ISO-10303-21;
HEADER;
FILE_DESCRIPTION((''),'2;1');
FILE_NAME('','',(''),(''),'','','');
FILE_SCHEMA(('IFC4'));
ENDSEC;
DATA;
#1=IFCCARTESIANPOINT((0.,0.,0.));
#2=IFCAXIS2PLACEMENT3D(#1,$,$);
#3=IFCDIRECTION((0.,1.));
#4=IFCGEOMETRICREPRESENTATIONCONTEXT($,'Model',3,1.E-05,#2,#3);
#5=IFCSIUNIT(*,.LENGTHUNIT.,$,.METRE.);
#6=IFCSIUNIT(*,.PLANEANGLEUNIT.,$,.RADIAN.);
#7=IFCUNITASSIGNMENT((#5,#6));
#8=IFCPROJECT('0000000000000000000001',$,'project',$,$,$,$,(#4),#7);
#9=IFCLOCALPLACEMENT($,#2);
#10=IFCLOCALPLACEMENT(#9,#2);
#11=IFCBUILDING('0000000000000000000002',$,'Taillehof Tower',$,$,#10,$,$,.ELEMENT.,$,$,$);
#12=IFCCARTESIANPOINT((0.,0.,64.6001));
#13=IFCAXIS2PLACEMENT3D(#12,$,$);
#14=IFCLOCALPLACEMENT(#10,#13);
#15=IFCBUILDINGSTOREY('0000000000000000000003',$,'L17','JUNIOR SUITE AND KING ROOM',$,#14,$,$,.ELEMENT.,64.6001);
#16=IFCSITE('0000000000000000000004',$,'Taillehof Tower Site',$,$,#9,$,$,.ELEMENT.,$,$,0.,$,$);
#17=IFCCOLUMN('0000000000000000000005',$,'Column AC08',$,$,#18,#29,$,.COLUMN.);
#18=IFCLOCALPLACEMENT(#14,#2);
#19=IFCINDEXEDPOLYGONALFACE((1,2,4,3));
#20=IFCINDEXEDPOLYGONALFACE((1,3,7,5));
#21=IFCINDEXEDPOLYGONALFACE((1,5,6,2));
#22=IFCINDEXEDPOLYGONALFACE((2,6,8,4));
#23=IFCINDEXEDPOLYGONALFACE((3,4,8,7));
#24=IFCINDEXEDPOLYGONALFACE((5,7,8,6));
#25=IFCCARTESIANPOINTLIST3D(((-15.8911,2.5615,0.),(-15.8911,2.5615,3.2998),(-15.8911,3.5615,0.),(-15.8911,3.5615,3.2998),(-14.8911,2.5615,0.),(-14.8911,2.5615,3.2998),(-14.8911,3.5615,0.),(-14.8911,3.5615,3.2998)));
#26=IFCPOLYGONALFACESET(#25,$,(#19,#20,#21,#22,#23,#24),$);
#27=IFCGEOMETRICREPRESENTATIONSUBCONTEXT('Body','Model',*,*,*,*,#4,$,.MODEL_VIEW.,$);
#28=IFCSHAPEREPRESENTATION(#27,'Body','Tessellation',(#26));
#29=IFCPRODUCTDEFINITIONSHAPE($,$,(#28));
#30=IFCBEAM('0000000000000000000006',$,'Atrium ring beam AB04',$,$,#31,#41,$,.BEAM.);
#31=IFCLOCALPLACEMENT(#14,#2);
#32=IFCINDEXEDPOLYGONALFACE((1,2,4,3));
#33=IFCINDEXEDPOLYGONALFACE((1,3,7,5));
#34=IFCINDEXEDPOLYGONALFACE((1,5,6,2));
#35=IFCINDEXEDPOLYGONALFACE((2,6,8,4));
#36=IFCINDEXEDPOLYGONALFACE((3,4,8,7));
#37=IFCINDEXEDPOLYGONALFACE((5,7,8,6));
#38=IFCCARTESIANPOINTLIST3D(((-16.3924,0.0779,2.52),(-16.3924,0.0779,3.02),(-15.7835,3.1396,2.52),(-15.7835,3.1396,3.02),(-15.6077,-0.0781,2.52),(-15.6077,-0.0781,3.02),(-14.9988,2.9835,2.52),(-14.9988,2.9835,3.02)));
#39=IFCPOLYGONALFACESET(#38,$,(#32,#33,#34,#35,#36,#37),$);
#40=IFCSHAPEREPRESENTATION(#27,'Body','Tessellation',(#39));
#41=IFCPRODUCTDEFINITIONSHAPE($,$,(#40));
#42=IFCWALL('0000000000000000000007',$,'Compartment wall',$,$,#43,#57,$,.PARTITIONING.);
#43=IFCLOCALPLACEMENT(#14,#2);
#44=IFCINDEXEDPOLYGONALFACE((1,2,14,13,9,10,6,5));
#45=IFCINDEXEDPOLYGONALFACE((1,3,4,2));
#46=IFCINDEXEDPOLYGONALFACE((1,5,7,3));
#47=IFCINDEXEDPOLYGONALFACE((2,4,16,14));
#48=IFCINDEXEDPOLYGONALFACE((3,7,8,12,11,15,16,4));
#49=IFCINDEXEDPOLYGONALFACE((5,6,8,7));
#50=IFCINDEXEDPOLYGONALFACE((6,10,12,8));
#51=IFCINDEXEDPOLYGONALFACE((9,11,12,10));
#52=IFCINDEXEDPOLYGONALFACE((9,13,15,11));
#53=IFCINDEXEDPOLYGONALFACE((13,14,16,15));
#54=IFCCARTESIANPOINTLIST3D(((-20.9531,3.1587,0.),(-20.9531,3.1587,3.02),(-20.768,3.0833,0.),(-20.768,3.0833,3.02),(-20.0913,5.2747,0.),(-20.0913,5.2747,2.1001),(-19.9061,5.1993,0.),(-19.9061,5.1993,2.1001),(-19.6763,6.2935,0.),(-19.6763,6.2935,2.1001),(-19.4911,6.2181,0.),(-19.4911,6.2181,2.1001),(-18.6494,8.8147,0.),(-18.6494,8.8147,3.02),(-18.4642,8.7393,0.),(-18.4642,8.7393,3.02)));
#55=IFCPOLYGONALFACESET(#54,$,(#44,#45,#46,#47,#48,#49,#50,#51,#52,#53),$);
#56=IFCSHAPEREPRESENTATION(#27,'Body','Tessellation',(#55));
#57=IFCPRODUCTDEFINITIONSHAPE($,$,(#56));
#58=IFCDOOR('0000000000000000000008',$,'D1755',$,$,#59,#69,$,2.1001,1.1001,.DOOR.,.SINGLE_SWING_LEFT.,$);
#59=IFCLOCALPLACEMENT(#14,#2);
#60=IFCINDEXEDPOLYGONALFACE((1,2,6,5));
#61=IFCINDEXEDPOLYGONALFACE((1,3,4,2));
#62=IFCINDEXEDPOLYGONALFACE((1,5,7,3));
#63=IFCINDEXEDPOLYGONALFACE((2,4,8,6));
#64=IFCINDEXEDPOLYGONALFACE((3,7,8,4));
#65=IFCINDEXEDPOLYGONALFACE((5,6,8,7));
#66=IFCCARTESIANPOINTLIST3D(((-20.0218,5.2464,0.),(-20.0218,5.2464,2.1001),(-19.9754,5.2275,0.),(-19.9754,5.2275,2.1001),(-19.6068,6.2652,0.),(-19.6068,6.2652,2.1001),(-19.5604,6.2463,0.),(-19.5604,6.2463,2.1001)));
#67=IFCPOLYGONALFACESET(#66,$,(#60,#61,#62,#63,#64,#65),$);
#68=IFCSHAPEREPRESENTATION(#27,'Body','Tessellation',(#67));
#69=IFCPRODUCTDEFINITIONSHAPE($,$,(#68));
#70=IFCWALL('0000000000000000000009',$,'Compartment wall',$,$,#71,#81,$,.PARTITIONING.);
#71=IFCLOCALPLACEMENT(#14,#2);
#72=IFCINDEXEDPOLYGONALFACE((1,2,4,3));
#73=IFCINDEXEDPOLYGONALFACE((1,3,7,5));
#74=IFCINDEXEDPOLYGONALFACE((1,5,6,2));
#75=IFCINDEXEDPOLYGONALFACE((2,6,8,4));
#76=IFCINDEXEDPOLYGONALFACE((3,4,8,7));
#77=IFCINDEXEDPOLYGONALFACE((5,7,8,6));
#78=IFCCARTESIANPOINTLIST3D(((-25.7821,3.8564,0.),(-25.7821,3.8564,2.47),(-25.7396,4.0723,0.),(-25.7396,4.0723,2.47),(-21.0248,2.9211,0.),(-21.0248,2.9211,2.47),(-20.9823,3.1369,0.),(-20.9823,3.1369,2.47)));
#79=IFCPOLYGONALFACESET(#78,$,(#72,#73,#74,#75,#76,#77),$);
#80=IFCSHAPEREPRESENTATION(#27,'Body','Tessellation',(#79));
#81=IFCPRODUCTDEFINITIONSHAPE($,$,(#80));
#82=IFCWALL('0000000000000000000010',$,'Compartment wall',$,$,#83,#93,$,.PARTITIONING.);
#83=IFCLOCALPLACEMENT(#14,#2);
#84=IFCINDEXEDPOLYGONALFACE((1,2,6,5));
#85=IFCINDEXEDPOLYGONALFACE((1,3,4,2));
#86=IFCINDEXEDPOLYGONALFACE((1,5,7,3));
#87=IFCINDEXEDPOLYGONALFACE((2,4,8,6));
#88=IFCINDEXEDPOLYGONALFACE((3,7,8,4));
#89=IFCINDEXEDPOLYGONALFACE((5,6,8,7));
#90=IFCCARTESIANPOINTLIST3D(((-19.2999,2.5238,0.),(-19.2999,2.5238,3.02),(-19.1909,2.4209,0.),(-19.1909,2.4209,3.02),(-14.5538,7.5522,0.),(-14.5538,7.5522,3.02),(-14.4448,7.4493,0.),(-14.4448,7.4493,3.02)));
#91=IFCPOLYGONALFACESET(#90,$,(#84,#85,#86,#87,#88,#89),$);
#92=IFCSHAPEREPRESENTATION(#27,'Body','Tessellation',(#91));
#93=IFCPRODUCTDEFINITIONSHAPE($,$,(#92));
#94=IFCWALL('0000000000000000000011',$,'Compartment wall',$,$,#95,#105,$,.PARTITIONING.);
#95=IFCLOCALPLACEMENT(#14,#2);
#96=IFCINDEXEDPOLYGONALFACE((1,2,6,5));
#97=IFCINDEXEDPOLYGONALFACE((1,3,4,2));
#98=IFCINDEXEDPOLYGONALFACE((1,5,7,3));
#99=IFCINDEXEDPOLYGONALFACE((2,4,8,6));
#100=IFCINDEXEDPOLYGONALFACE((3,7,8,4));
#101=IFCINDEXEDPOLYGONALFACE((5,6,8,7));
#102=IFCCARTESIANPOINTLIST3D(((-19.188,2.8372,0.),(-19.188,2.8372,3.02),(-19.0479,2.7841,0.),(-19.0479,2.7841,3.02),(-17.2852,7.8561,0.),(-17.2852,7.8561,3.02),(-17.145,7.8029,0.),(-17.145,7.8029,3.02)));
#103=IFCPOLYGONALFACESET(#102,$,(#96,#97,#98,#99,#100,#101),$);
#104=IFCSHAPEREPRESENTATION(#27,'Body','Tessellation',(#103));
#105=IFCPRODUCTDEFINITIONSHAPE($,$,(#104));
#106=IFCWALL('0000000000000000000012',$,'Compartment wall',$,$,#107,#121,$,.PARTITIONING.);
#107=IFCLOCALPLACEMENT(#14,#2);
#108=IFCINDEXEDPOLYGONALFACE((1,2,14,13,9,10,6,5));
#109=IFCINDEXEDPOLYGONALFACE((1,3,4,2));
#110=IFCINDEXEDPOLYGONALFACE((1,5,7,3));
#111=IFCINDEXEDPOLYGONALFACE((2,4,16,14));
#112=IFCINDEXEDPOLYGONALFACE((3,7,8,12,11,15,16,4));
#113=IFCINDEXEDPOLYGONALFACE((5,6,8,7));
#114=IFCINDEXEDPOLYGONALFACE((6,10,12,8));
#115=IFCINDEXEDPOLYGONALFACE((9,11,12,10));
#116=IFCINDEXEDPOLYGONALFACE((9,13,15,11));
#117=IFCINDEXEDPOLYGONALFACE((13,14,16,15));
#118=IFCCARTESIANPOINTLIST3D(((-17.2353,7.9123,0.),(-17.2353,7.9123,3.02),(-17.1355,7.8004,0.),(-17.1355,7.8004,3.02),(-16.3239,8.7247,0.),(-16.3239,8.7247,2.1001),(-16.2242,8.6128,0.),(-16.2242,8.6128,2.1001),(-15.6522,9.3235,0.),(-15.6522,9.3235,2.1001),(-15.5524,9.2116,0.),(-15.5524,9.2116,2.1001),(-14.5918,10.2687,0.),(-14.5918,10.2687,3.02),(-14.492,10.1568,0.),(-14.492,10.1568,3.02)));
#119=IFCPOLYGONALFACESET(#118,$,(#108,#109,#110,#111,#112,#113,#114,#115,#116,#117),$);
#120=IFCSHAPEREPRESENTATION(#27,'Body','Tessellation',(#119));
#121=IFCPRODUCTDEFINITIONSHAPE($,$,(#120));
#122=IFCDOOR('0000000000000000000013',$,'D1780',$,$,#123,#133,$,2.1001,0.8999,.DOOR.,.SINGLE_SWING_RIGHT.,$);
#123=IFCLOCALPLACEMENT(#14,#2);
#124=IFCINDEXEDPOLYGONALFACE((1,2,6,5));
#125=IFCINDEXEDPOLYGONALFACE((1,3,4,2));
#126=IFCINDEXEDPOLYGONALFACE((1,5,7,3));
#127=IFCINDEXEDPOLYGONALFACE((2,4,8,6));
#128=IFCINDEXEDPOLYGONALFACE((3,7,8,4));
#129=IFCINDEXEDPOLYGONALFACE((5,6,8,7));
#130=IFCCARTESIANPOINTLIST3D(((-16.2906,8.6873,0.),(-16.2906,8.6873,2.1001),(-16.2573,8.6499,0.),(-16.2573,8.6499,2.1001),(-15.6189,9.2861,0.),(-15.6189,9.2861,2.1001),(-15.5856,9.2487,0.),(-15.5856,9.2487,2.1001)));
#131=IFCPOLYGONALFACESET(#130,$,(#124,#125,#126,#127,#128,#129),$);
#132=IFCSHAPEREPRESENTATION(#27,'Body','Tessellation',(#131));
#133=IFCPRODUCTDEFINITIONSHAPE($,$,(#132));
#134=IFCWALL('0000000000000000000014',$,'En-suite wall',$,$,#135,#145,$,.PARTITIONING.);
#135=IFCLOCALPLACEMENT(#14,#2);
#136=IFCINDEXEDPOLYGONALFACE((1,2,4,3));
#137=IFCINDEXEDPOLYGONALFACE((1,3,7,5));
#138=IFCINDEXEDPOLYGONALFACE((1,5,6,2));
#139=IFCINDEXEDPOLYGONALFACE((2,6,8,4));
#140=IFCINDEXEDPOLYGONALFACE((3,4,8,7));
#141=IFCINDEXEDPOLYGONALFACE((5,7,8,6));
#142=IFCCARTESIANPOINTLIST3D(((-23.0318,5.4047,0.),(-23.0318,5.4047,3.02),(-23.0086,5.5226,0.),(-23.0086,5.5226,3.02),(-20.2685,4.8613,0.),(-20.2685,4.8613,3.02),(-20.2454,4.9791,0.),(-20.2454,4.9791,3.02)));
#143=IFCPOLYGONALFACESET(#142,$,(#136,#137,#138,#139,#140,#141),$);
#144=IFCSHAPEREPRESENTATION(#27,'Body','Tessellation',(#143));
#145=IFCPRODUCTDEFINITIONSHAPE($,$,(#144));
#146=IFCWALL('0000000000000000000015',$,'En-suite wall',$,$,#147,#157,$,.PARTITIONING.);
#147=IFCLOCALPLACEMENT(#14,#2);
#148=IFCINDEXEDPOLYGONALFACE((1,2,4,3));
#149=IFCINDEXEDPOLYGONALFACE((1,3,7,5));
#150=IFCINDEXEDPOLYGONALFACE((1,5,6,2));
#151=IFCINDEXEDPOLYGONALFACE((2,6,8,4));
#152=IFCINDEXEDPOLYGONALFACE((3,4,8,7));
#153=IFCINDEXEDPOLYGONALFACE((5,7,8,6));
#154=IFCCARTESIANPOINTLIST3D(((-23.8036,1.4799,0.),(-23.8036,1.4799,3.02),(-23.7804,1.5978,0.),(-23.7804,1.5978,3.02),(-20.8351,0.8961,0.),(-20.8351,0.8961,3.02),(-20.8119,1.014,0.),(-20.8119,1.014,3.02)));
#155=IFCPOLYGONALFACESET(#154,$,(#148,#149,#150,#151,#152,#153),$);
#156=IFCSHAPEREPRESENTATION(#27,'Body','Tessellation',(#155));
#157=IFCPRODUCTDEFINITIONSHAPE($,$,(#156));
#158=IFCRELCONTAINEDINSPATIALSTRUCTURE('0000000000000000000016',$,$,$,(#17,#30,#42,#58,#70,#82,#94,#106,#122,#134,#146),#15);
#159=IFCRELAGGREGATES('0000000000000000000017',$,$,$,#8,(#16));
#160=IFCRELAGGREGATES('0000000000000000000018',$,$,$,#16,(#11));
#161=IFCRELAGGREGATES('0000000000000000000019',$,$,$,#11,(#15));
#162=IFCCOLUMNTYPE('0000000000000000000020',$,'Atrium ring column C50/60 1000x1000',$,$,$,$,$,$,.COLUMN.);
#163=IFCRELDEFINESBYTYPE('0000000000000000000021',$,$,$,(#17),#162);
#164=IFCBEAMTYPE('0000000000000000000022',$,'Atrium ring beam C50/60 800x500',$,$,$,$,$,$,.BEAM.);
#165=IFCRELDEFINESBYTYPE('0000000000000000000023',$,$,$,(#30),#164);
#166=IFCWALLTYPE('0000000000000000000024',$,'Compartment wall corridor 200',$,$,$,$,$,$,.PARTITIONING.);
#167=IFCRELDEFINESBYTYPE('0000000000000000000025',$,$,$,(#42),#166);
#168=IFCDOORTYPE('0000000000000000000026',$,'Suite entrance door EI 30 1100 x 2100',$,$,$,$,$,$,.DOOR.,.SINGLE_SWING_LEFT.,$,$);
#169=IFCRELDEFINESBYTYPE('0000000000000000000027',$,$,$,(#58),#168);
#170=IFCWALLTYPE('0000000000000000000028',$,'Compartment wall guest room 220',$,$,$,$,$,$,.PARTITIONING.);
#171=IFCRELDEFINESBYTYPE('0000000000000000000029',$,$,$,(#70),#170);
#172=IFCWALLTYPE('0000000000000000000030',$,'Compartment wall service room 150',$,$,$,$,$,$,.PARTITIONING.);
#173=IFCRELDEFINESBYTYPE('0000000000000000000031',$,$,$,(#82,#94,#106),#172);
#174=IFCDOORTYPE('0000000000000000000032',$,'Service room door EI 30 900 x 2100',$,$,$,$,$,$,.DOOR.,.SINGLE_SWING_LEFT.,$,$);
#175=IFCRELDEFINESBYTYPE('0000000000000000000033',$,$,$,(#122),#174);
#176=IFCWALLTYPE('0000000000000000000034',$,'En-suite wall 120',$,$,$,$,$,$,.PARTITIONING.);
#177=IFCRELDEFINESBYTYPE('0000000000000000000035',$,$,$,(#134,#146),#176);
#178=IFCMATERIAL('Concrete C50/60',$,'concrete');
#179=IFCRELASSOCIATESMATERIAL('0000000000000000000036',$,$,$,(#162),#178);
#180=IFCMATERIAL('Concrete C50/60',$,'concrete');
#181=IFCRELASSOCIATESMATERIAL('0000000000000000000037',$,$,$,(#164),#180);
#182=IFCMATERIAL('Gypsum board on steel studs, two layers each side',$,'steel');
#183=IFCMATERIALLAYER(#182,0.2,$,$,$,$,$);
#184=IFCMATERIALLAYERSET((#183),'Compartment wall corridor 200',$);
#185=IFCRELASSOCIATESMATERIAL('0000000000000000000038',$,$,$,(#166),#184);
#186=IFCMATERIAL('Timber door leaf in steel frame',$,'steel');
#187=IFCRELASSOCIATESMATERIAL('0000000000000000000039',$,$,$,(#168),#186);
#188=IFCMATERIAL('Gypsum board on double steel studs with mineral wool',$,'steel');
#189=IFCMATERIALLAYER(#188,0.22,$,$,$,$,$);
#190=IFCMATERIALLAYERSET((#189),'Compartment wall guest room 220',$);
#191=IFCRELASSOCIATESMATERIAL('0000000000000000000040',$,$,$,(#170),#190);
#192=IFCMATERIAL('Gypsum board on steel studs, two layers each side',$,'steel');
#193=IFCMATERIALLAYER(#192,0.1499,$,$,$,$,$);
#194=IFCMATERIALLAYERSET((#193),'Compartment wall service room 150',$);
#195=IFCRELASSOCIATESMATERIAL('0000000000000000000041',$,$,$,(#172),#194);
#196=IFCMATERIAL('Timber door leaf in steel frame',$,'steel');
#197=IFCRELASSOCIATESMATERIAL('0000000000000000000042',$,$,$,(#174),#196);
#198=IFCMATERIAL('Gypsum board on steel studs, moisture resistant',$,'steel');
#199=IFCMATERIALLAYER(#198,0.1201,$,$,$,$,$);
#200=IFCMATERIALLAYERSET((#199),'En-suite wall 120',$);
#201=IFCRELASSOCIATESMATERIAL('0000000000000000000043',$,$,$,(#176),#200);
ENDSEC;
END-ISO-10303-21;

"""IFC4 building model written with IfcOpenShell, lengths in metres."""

from ifc_helpers import new_model, si_unit, direction, frame, frame_2d, origin, origin_2d, place, context, subcontext, project, spatial, rectangle, extrude, material, layer, layer_set, material_profile, profile_set, type_object, element, fill, save


model = new_model("IFC4")

# Units and contexts
model_context = context("Model", 3, precision=1e-05, world=origin(), true_north=direction((0.0, 1.0)))
body_context = subcontext(model_context, "Body", "Model", "MODEL_VIEW")
ifc_project = project(units=[si_unit("LENGTHUNIT", "METRE"), si_unit("PLANEANGLEUNIT", "RADIAN")], contexts=[model_context])

# Site, building, storey
site_placement = place(None, origin())
site = spatial("IfcSite", under=ifc_project, at=site_placement, Name="Taillehof Tower Site", CompositionType="ELEMENT", RefElevation=0.0)
building_placement = place(site_placement, origin())
building = spatial("IfcBuilding", under=site, at=building_placement, Name="Taillehof Tower", CompositionType="ELEMENT")
storey_placement = place(building_placement, frame((0.0, 0.0, 64.6001)))
storey = spatial("IfcBuildingStorey", under=building, at=storey_placement, Name="L17", Description="JUNIOR SUITE AND KING ROOM", CompositionType="ELEMENT", Elevation=64.6001)

# Column
ifc_material_1 = material(Name="Concrete C50/60", Category="concrete")
ifc_material_profile_1 = material_profile(ifc_material_1, rectangle(XDim=1.0, YDim=1.0, at=origin_2d()), Name="RC 1000x1000")
ifc_profile_set_1 = profile_set([ifc_material_profile_1], Name="Concrete C50/60")
column_type = type_object("IfcColumnType", Name="Atrium ring column C50/60 1000x1000", PredefinedType="COLUMN", material=ifc_profile_set_1)
column_placement = place(storey_placement, frame((-15.3911, 3.0615, 0.0), z_axis=(0.0, 0.0, 1.0), x_axis=(1.0, 0.0, 0.0)))
element("IfcColumn", 1, at=column_placement, inside=storey, type_object=column_type, Name="Column AC08", PredefinedType="COLUMN", context=body_context, shape_type="SweptSolid", body=[
    extrude(rectangle(XDim=1.0, YDim=1.0, at=origin_2d()), origin(), (0.0, 0.0, 1.0), 3.2998),
])

# Beam
ifc_material_2 = material(Name="Concrete C50/60", Category="concrete")
ifc_material_profile_2 = material_profile(ifc_material_2, rectangle(XDim=0.8, YDim=0.5, at=origin_2d()), Name="RC 800x500")
ifc_profile_set_2 = profile_set([ifc_material_profile_2], Name="Concrete C50/60")
beam_type = type_object("IfcBeamType", Name="Atrium ring beam C50/60 800x500", PredefinedType="BEAM", material=ifc_profile_set_2)
beam_placement = place(storey_placement, frame((-15.3911, 3.0615, 2.77), z_axis=(-0.195063, -0.980791, 0.0), x_axis=(0.980791, -0.195063, 0.0)))
element("IfcBeam", 2, at=beam_placement, inside=storey, type_object=beam_type, Name="Atrium ring beam AB04", PredefinedType="BEAM", context=body_context, shape_type="SweptSolid", body=[
    extrude(rectangle(XDim=0.8, YDim=0.5, at=origin_2d()), origin(), (0.0, 0.0, 1.0), 3.1216),
])

# Wall, opening, door
ifc_material_3 = material(Name="Gypsum board on steel studs, two layers each side", Category="steel")
ifc_layer_1 = layer(ifc_material_3, 0.2)
ifc_layer_set_1 = layer_set([ifc_layer_1], Name="Compartment wall corridor 200")
wall_type_1 = type_object("IfcWallType", Name="Compartment wall corridor 200", PredefinedType="PARTITIONING", material=ifc_layer_set_1)
wall_1_placement = place(storey_placement, frame((-20.8606, 3.1208, 0.0), z_axis=(0.0, 0.0, 1.0), x_axis=(0.377214, 0.926126, 0.0)))
wall_1 = element("IfcWall", 3, at=wall_1_placement, inside=storey, type_object=wall_type_1, Name="Compartment wall", PredefinedType="PARTITIONING", context=body_context, shape_type="SweptSolid", body=[
    extrude(rectangle(XDim=6.1072, YDim=0.2, at=frame_2d((3.0537, 0.0))), origin(), (0.0, 0.0, 1.0), 3.02),
])
opening_1_placement = place(wall_1_placement, frame((2.2849, 0.0, 0.0)))
opening_1 = element("IfcOpeningElement", 4, at=opening_1_placement, cuts=wall_1, PredefinedType="OPENING", context=body_context, shape_type="SweptSolid", body=[
    extrude(rectangle(XDim=1.1001, YDim=2.1001, at=frame_2d((0.55, 1.05))), frame((0.0, 0.1099, 0.0), z_axis=(0.0, -1.0, 0.0), x_axis=(1.0, 0.0, 0.0)), (0.0, 0.0, 1.0), 0.22),
])
ifc_material_4 = material(Name="Timber door leaf in steel frame", Category="steel")
door_type_1 = type_object("IfcDoorType", Name="Suite entrance door EI 30 1100 x 2100", OperationType="SINGLE_SWING_LEFT", PredefinedType="DOOR", material=ifc_material_4)
door_1_placement = place(opening_1_placement, origin())
door_1 = element("IfcDoor", 5, at=door_1_placement, inside=storey, type_object=door_type_1, Name="D1755", OperationType="SINGLE_SWING_LEFT", OverallHeight=2.1001, OverallWidth=1.1001, PredefinedType="DOOR", context=body_context, shape_type="SweptSolid", body=[
    extrude(rectangle(XDim=1.1001, YDim=2.1001, at=frame_2d((0.55, 1.05))), frame((0.0, 0.0249, 0.0), z_axis=(0.0, -1.0, 0.0), x_axis=(1.0, 0.0, 0.0)), (0.0, 0.0, 1.0), 0.05),
])
fill(opening_1, door_1)

# Walls
ifc_material_5 = material(Name="Gypsum board on double steel studs with mineral wool", Category="steel")
ifc_layer_2 = layer(ifc_material_5, 0.22)
ifc_layer_set_2 = layer_set([ifc_layer_2], Name="Compartment wall guest room 220")
wall_type_2 = type_object("IfcWallType", Name="Compartment wall guest room 220", PredefinedType="PARTITIONING", material=ifc_layer_set_2)
wall_2_placement = place(storey_placement, frame((-25.761, 3.9644, 0.0), z_axis=(0.0, 0.0, 1.0), x_axis=(0.981216, -0.19291, 0.0)))
element("IfcWall", 6, at=wall_2_placement, inside=storey, type_object=wall_type_2, Name="Compartment wall", PredefinedType="PARTITIONING", context=body_context, shape_type="SweptSolid", body=[
    extrude(rectangle(XDim=4.8484, YDim=0.22, at=frame_2d((2.4243, 0.0))), origin(), (0.0, 0.0, 1.0), 2.47),
])
ifc_material_6 = material(Name="Gypsum board on steel studs, two layers each side", Category="steel")
ifc_layer_3 = layer(ifc_material_6, 0.1499)
ifc_layer_set_3 = layer_set([ifc_layer_3], Name="Compartment wall service room 150")
wall_type_3 = type_object("IfcWallType", Name="Compartment wall service room 150", PredefinedType="PARTITIONING", material=ifc_layer_set_3)
wall_3_placement = place(storey_placement, frame((-14.4993, 7.5007, 0.0), z_axis=(0.0, 0.0, 1.0), x_axis=(-0.686404, -0.727221, 0.0)))
element("IfcWall", 7, at=wall_3_placement, inside=storey, type_object=wall_type_3, Name="Compartment wall", PredefinedType="PARTITIONING", context=body_context, shape_type="SweptSolid", body=[
    extrude(rectangle(XDim=6.9146, YDim=0.1499, at=frame_2d((3.4573, 0.0))), origin(), (0.0, 0.0, 1.0), 3.02),
])
wall_4_placement = place(storey_placement, frame((-19.1179, 2.8108, 0.0), z_axis=(0.0, 0.0, 1.0), x_axis=(0.354516, 0.93505, 0.0)))
element("IfcWall", 8, at=wall_4_placement, inside=storey, type_object=wall_type_3, Name="Compartment wall", PredefinedType="PARTITIONING", context=body_context, shape_type="SweptSolid", body=[
    extrude(rectangle(XDim=5.3674, YDim=0.1499, at=frame_2d((2.6836, 0.0))), origin(), (0.0, 0.0, 1.0), 3.02),
])

# Wall, opening, door
wall_5_placement = place(storey_placement, frame((-17.1853, 7.8564, 0.0), z_axis=(0.0, 0.0, 1.0), x_axis=(0.746481, 0.665407, 0.0)))
wall_5 = element("IfcWall", 9, at=wall_5_placement, inside=storey, type_object=wall_type_3, Name="Compartment wall", PredefinedType="PARTITIONING", context=body_context, shape_type="SweptSolid", body=[
    extrude(rectangle(XDim=3.5413, YDim=0.1499, at=frame_2d((1.7705, 0.0))), origin(), (0.0, 0.0, 1.0), 3.02),
])
opening_2_placement = place(wall_5_placement, frame((1.2207, 0.0, 0.0)))
opening_2 = element("IfcOpeningElement", 10, at=opening_2_placement, cuts=wall_5, PredefinedType="OPENING", context=body_context, shape_type="SweptSolid", body=[
    extrude(rectangle(XDim=0.8999, YDim=2.1001, at=frame_2d((0.45, 1.05))), frame((0.0, 0.085, 0.0), z_axis=(0.0, -1.0, 0.0), x_axis=(1.0, 0.0, 0.0)), (0.0, 0.0, 1.0), 0.1699),
])
ifc_material_7 = material(Name="Timber door leaf in steel frame", Category="steel")
door_type_2 = type_object("IfcDoorType", Name="Service room door EI 30 900 x 2100", OperationType="SINGLE_SWING_LEFT", PredefinedType="DOOR", material=ifc_material_7)
door_2_placement = place(opening_2_placement, origin())
door_2 = element("IfcDoor", 11, at=door_2_placement, inside=storey, type_object=door_type_2, Name="D1780", OperationType="SINGLE_SWING_RIGHT", OverallHeight=2.1001, OverallWidth=0.8999, PredefinedType="DOOR", context=body_context, shape_type="SweptSolid", body=[
    extrude(rectangle(XDim=0.8999, YDim=2.1001, at=frame_2d((0.45, 1.05))), frame((0.0, 0.0249, 0.0), z_axis=(0.0, -1.0, 0.0), x_axis=(1.0, 0.0, 0.0)), (0.0, 0.0, 1.0), 0.05),
])
fill(opening_2, door_2)

# Walls
ifc_material_8 = material(Name="Gypsum board on steel studs, moisture resistant", Category="steel")
ifc_layer_4 = layer(ifc_material_8, 0.1201)
ifc_layer_set_4 = layer_set([ifc_layer_4], Name="En-suite wall 120")
wall_type_4 = type_object("IfcWallType", Name="En-suite wall 120", PredefinedType="PARTITIONING", material=ifc_layer_set_4)
wall_6_placement = place(storey_placement, frame((-20.2568, 4.9202, 0.0), z_axis=(0.0, 0.0, 1.0), x_axis=(-0.981203, 0.192981, 0.0)))
element("IfcWall", 12, at=wall_6_placement, inside=storey, type_object=wall_type_4, Name="En-suite wall", PredefinedType="PARTITIONING", context=body_context, shape_type="SweptSolid", body=[
    extrude(rectangle(XDim=2.8162, YDim=0.1201, at=frame_2d((1.4082, 0.0))), origin(), (0.0, 0.0, 1.0), 3.02),
])
wall_7_placement = place(storey_placement, frame((-20.8235, 0.9551, 0.0), z_axis=(0.0, 0.0, 1.0), x_axis=(-0.981209, 0.192949, 0.0)))
element("IfcWall", 13, at=wall_7_placement, inside=storey, type_object=wall_type_4, Name="En-suite wall", PredefinedType="PARTITIONING", context=body_context, shape_type="SweptSolid", body=[
    extrude(rectangle(XDim=3.0254, YDim=0.1201, at=frame_2d((1.5127, 0.0))), origin(), (0.0, 0.0, 1.0), 3.02),
])

save(model, "model.ifc")
